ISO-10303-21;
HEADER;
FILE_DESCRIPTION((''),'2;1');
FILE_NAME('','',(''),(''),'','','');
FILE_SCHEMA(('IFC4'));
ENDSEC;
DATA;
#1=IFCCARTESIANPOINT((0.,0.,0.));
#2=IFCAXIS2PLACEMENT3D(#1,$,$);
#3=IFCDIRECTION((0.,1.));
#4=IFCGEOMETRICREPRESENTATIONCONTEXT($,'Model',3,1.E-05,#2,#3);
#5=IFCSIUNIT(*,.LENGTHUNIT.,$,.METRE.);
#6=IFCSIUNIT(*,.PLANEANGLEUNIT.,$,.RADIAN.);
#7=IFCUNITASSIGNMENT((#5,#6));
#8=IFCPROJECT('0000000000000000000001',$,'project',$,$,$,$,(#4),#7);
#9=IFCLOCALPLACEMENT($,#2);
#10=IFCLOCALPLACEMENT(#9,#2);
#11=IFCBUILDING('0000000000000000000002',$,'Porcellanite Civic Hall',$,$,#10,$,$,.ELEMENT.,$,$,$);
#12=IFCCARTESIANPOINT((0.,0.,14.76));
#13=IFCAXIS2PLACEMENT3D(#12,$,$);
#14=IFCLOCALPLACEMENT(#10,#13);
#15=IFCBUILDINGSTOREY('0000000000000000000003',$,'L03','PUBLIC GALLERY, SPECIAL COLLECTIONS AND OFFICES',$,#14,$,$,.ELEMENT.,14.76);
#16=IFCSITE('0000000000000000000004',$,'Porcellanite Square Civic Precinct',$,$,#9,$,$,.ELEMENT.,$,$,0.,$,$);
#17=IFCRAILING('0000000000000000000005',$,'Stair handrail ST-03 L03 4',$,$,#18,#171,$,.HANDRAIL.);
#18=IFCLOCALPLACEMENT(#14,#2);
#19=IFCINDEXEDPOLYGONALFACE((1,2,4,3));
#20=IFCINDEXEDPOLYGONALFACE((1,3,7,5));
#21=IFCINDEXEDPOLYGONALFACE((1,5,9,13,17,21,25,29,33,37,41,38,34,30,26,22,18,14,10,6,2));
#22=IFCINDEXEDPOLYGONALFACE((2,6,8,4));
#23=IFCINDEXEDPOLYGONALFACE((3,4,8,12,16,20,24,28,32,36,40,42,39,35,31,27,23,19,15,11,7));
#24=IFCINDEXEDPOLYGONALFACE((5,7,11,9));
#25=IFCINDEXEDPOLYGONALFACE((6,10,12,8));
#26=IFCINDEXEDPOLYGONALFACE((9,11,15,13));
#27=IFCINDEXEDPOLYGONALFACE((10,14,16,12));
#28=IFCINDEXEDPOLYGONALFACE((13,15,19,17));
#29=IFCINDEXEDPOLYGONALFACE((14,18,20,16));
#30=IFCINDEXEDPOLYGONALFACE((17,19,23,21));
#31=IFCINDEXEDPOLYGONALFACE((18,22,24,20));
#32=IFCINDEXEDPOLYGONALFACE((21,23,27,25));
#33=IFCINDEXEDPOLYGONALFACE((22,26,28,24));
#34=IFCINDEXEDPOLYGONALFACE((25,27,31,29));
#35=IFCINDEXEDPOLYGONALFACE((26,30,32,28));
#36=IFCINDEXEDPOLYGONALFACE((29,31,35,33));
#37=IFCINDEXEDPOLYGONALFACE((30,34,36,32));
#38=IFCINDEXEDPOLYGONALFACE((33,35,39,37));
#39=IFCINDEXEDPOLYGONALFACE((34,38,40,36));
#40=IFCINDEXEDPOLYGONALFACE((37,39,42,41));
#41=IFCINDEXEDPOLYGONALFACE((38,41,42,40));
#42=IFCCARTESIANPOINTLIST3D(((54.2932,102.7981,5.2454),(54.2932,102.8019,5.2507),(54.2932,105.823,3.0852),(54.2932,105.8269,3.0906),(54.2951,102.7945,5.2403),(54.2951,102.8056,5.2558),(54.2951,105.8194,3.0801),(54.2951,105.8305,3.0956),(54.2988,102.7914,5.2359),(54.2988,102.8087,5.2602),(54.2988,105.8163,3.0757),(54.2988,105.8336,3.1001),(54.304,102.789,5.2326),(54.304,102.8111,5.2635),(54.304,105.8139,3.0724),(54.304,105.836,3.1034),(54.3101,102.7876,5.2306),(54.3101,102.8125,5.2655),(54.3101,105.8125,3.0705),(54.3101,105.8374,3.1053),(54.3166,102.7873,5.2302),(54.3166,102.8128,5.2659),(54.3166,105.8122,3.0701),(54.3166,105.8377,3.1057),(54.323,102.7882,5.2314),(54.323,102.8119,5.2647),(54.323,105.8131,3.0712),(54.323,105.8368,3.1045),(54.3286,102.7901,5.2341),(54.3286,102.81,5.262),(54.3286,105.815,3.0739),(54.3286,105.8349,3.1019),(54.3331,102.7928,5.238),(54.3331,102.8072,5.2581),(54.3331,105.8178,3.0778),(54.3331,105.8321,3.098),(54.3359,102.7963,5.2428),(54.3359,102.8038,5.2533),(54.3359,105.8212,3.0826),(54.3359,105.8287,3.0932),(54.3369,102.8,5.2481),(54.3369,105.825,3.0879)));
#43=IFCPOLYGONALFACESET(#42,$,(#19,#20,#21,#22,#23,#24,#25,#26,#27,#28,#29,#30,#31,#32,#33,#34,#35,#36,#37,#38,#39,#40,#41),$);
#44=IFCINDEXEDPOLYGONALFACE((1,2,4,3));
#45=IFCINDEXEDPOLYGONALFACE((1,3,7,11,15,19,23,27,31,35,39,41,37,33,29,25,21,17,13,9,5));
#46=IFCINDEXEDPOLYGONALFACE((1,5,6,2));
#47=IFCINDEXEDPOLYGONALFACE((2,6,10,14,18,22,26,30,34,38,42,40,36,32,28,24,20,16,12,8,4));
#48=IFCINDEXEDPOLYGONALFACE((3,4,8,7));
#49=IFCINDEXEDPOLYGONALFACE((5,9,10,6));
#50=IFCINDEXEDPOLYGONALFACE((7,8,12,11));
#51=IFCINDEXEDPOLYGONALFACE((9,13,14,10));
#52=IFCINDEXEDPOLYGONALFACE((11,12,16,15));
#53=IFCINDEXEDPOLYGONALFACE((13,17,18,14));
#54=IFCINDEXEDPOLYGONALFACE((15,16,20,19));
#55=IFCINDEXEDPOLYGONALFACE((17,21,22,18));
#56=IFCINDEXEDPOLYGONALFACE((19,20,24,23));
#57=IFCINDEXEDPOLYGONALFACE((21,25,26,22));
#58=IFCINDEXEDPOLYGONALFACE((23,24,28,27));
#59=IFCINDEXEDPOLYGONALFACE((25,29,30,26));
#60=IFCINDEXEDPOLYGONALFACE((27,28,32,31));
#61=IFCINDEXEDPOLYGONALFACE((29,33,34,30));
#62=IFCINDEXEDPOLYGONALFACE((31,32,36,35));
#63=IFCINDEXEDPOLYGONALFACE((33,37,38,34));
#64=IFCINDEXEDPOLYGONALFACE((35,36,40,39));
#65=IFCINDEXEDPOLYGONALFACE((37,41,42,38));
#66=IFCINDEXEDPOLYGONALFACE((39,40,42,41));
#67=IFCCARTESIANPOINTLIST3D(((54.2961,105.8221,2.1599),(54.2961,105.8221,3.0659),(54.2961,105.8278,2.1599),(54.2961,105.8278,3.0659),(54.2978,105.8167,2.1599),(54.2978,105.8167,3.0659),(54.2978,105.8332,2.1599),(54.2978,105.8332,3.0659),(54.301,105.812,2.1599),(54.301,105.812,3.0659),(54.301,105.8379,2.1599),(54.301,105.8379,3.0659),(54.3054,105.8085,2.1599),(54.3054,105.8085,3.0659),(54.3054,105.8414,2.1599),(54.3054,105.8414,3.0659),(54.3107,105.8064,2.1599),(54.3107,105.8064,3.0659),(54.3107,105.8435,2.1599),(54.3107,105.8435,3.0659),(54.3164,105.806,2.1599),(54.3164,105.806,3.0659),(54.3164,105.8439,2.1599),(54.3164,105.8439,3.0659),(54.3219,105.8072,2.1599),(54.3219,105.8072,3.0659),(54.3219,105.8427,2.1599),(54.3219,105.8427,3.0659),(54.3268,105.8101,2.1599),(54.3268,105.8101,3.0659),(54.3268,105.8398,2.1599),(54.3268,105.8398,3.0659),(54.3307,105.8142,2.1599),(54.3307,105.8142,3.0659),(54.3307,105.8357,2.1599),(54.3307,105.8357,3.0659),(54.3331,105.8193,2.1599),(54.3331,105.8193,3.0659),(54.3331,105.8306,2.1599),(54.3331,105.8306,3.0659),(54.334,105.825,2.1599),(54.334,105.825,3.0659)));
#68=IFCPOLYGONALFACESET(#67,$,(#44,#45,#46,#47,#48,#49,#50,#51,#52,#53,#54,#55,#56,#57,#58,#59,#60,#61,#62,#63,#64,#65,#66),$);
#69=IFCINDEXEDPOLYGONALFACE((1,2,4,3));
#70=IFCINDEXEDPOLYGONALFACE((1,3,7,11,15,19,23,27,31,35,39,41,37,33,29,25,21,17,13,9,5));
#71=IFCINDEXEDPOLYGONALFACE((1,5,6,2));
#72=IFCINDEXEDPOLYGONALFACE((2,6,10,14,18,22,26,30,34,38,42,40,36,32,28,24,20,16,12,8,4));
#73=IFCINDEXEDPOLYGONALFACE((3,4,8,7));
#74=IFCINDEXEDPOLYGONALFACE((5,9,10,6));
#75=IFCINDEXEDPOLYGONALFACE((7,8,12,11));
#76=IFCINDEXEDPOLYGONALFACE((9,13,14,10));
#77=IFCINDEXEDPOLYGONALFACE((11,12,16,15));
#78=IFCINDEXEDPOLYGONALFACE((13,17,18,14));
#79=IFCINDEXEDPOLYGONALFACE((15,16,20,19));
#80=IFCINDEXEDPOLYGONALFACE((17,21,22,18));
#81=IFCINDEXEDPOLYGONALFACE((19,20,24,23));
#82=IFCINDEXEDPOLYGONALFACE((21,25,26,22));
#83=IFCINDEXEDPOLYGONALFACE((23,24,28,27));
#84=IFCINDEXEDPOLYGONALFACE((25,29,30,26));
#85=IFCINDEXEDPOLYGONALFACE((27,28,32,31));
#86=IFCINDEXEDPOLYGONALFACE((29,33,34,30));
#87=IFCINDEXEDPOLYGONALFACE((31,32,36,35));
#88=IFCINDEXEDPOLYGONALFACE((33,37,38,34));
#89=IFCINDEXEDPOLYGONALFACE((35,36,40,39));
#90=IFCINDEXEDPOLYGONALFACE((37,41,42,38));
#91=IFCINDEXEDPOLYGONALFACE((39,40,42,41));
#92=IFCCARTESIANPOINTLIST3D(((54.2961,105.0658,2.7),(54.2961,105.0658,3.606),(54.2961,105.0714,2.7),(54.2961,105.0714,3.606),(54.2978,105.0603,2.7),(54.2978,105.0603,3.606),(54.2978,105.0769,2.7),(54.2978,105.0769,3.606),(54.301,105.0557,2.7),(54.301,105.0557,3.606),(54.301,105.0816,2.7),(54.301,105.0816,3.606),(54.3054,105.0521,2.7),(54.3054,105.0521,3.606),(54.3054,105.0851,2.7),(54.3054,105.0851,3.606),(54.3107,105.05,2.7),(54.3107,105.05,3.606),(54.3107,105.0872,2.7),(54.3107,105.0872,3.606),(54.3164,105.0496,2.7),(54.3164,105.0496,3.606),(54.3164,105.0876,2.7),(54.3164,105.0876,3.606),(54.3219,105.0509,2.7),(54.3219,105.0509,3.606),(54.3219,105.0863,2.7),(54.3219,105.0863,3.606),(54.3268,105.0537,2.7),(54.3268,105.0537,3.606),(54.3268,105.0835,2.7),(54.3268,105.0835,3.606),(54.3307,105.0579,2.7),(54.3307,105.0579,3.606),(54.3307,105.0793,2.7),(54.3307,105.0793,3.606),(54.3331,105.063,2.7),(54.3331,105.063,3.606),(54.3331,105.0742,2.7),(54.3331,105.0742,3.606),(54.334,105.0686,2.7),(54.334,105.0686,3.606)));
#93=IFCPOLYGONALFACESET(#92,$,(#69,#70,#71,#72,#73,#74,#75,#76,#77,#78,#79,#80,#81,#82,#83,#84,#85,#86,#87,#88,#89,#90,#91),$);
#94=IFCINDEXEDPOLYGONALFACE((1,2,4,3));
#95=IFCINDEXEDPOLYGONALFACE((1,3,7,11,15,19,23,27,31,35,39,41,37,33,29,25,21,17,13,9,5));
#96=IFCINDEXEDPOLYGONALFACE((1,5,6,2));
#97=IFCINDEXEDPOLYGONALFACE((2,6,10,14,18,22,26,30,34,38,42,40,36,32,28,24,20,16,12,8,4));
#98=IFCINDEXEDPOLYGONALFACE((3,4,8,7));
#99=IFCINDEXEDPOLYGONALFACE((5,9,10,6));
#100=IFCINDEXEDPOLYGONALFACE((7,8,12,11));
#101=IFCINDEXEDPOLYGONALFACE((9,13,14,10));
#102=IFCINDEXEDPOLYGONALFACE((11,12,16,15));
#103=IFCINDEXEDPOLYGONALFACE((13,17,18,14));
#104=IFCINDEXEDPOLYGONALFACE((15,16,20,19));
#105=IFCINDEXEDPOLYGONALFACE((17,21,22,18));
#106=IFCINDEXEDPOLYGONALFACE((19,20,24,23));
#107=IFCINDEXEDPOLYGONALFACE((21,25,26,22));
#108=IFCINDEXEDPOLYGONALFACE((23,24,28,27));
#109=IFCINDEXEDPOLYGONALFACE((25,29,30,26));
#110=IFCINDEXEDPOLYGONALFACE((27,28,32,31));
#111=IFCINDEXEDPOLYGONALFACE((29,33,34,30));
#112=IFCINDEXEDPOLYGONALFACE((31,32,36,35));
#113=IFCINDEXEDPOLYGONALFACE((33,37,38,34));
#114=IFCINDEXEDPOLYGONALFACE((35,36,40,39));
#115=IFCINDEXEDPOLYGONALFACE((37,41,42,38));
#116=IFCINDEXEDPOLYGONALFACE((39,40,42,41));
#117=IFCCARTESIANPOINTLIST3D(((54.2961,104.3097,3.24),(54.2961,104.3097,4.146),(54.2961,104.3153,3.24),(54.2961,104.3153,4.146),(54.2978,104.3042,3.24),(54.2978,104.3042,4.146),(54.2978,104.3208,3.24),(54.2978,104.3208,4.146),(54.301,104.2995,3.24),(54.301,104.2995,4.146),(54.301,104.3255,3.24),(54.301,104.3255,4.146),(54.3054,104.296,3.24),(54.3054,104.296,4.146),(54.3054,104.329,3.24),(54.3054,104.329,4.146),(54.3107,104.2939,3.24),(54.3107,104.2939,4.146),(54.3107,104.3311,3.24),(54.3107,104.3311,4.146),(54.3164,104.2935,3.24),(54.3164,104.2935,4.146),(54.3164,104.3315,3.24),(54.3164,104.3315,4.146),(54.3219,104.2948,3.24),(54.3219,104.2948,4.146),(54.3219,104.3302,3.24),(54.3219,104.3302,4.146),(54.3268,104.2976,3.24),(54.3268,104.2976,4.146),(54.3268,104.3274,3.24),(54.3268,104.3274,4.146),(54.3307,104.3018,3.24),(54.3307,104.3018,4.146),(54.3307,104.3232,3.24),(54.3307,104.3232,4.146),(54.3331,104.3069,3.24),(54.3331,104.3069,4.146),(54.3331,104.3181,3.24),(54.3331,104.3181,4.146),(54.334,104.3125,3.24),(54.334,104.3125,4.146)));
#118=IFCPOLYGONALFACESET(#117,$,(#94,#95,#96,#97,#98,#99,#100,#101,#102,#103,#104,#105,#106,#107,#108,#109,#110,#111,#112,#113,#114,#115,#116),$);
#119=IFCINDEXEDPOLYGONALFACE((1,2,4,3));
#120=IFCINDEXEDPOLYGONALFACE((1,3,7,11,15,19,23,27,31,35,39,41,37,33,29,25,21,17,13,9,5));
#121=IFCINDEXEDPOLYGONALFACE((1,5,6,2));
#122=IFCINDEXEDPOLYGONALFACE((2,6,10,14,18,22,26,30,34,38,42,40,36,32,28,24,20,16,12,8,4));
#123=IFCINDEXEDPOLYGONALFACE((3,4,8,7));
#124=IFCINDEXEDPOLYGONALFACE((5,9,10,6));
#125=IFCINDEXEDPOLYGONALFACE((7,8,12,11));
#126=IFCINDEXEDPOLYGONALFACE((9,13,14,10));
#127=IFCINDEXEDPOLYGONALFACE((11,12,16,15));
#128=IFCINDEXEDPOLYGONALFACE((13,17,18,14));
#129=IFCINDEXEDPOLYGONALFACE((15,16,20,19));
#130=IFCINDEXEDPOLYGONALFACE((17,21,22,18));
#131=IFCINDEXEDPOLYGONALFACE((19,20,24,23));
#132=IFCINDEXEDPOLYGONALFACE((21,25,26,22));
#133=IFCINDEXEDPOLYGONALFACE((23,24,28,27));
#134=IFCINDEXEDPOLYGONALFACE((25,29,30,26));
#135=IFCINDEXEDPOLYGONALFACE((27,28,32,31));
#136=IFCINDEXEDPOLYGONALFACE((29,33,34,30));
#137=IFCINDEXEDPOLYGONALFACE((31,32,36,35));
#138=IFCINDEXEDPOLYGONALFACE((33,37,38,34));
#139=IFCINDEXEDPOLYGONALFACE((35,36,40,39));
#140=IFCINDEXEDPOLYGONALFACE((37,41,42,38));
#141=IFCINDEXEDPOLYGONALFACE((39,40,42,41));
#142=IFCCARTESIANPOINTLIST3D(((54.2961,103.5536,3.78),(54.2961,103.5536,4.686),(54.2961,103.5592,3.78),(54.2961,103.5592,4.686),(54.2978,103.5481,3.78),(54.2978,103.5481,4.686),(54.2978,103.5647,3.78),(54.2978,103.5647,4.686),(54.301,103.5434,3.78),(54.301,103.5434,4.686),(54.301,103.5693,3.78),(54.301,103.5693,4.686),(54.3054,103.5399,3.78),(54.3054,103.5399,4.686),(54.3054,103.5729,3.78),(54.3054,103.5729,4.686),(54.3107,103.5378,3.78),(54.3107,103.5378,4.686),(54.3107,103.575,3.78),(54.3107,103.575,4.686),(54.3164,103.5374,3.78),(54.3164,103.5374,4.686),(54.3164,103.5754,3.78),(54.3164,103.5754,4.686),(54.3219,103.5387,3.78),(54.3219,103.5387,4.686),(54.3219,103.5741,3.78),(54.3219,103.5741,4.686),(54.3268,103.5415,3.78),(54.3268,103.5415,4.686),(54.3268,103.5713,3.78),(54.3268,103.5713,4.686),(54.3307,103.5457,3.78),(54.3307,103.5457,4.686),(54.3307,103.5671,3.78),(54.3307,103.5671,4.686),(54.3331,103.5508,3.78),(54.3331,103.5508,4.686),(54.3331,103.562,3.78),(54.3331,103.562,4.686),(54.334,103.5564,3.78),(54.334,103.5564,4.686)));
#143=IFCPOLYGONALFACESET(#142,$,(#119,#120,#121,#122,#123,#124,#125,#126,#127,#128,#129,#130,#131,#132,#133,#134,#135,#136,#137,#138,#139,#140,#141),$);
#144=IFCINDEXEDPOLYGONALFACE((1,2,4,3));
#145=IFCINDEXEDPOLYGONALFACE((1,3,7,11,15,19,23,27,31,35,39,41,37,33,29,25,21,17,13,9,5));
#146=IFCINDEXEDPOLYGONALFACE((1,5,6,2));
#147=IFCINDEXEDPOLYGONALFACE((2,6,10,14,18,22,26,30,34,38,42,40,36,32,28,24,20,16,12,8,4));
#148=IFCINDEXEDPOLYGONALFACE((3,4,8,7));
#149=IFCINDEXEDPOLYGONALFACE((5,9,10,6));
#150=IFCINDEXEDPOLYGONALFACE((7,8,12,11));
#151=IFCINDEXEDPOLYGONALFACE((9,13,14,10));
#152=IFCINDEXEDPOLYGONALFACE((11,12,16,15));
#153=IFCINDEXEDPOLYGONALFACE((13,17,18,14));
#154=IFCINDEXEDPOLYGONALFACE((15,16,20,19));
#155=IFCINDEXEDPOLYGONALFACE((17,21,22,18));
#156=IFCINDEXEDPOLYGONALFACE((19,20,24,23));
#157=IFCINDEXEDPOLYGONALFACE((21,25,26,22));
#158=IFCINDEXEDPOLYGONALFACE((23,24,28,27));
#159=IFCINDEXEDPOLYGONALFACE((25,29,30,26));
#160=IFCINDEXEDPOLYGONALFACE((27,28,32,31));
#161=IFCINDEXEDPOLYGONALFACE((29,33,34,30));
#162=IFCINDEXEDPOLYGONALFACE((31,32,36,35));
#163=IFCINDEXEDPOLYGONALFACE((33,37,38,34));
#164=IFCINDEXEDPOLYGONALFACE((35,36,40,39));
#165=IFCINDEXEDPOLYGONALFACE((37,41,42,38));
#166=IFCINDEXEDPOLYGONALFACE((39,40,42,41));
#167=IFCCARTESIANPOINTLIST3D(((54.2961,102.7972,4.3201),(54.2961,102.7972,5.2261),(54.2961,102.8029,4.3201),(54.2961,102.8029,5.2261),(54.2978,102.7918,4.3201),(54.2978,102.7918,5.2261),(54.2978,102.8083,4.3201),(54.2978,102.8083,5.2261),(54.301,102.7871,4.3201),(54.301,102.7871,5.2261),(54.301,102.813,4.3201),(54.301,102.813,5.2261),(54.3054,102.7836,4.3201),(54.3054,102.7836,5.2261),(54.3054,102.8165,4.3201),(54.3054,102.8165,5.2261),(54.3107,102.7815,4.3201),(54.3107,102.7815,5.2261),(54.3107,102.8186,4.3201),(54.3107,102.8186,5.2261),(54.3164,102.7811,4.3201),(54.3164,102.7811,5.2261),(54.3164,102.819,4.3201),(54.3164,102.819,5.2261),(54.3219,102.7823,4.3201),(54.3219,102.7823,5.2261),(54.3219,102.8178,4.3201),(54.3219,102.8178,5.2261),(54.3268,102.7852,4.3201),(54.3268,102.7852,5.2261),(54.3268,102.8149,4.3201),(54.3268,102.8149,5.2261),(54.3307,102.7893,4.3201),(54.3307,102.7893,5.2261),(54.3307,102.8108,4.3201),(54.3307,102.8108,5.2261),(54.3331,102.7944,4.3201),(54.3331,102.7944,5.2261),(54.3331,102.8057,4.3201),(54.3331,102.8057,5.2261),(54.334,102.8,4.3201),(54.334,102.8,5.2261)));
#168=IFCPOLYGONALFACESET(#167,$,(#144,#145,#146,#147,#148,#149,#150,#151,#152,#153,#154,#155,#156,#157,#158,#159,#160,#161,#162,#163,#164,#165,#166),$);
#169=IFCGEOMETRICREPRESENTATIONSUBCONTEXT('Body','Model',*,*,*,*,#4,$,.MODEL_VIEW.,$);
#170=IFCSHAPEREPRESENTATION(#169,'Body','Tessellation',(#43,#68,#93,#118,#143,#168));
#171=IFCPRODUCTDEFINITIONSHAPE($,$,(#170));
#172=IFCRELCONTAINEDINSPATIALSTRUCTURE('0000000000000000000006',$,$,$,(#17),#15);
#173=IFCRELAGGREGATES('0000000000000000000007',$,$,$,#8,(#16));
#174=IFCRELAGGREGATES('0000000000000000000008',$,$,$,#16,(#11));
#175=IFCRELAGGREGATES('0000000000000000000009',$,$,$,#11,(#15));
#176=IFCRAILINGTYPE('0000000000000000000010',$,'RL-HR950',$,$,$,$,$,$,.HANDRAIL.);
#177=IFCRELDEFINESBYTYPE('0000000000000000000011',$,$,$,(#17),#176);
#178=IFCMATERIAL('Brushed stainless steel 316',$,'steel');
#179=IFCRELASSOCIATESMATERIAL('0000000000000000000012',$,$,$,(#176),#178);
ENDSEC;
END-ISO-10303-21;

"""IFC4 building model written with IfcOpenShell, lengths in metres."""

from ifc_helpers import new_model, si_unit, direction, frame, origin, origin_2d, place, context, subcontext, project, spatial, circle, extrude, material, type_object, element, save


model = new_model("IFC4")

# Units and contexts
model_context = context("Model", 3, precision=1e-05, world=origin(), true_north=direction((0.0, 1.0)))
body_context = subcontext(model_context, "Body", "Model", "MODEL_VIEW")
ifc_project = project(units=[si_unit("LENGTHUNIT", "METRE"), si_unit("PLANEANGLEUNIT", "RADIAN")], contexts=[model_context])

# Site, building, storey
site_placement = place(None, origin())
site = spatial("IfcSite", under=ifc_project, at=site_placement, Name="Porcellanite Square Civic Precinct", CompositionType="ELEMENT", RefElevation=0.0)
building_placement = place(site_placement, origin())
building = spatial("IfcBuilding", under=site, at=building_placement, Name="Porcellanite Civic Hall", CompositionType="ELEMENT")
storey_placement = place(building_placement, frame((0.0, 0.0, 14.76)))
storey = spatial("IfcBuildingStorey", under=building, at=storey_placement, Name="L03", Description="PUBLIC GALLERY, SPECIAL COLLECTIONS AND OFFICES", CompositionType="ELEMENT", Elevation=14.76)

# Railing
ifc_material_1 = material(Name="Brushed stainless steel 316", Category="steel")
railing_type_1 = type_object("IfcRailingType", Name="RL-HR950", PredefinedType="HANDRAIL", material=ifc_material_1)
railing_1_placement = place(storey_placement, frame((54.3149, 105.825, 2.1599)))
element("IfcRailing", 1, at=railing_1_placement, inside=storey, type_object=railing_type_1, Name="Stair handrail ST-03 L03 4", PredefinedType="HANDRAIL", context=body_context, shape_type="SweptSolid", body=[
    extrude(circle(Radius=0.022, at=origin_2d()), frame((0.0, 0.0, 0.928), z_axis=(0.0, -0.813796, 0.581151), x_axis=(1.0, 0.0, 0.0)), (0.0, 0.0, 1.0), 3.717),
    extrude(circle(Radius=0.019, at=origin_2d()), origin(), (0.0, 0.0, 1.0), 0.906),
    extrude(circle(Radius=0.019, at=origin_2d()), frame((0.0, -0.7563, 0.54)), (0.0, 0.0, 1.0), 0.906),
    extrude(circle(Radius=0.019, at=origin_2d()), frame((0.0, -1.5125, 1.0801)), (0.0, 0.0, 1.0), 0.906),
    extrude(circle(Radius=0.019, at=origin_2d()), frame((0.0, -2.2686, 1.6201)), (0.0, 0.0, 1.0), 0.906),
    extrude(circle(Radius=0.019, at=origin_2d()), frame((0.0, -3.0249, 2.1602)), (0.0, 0.0, 1.0), 0.906),
])

save(model, "model.ifc")
